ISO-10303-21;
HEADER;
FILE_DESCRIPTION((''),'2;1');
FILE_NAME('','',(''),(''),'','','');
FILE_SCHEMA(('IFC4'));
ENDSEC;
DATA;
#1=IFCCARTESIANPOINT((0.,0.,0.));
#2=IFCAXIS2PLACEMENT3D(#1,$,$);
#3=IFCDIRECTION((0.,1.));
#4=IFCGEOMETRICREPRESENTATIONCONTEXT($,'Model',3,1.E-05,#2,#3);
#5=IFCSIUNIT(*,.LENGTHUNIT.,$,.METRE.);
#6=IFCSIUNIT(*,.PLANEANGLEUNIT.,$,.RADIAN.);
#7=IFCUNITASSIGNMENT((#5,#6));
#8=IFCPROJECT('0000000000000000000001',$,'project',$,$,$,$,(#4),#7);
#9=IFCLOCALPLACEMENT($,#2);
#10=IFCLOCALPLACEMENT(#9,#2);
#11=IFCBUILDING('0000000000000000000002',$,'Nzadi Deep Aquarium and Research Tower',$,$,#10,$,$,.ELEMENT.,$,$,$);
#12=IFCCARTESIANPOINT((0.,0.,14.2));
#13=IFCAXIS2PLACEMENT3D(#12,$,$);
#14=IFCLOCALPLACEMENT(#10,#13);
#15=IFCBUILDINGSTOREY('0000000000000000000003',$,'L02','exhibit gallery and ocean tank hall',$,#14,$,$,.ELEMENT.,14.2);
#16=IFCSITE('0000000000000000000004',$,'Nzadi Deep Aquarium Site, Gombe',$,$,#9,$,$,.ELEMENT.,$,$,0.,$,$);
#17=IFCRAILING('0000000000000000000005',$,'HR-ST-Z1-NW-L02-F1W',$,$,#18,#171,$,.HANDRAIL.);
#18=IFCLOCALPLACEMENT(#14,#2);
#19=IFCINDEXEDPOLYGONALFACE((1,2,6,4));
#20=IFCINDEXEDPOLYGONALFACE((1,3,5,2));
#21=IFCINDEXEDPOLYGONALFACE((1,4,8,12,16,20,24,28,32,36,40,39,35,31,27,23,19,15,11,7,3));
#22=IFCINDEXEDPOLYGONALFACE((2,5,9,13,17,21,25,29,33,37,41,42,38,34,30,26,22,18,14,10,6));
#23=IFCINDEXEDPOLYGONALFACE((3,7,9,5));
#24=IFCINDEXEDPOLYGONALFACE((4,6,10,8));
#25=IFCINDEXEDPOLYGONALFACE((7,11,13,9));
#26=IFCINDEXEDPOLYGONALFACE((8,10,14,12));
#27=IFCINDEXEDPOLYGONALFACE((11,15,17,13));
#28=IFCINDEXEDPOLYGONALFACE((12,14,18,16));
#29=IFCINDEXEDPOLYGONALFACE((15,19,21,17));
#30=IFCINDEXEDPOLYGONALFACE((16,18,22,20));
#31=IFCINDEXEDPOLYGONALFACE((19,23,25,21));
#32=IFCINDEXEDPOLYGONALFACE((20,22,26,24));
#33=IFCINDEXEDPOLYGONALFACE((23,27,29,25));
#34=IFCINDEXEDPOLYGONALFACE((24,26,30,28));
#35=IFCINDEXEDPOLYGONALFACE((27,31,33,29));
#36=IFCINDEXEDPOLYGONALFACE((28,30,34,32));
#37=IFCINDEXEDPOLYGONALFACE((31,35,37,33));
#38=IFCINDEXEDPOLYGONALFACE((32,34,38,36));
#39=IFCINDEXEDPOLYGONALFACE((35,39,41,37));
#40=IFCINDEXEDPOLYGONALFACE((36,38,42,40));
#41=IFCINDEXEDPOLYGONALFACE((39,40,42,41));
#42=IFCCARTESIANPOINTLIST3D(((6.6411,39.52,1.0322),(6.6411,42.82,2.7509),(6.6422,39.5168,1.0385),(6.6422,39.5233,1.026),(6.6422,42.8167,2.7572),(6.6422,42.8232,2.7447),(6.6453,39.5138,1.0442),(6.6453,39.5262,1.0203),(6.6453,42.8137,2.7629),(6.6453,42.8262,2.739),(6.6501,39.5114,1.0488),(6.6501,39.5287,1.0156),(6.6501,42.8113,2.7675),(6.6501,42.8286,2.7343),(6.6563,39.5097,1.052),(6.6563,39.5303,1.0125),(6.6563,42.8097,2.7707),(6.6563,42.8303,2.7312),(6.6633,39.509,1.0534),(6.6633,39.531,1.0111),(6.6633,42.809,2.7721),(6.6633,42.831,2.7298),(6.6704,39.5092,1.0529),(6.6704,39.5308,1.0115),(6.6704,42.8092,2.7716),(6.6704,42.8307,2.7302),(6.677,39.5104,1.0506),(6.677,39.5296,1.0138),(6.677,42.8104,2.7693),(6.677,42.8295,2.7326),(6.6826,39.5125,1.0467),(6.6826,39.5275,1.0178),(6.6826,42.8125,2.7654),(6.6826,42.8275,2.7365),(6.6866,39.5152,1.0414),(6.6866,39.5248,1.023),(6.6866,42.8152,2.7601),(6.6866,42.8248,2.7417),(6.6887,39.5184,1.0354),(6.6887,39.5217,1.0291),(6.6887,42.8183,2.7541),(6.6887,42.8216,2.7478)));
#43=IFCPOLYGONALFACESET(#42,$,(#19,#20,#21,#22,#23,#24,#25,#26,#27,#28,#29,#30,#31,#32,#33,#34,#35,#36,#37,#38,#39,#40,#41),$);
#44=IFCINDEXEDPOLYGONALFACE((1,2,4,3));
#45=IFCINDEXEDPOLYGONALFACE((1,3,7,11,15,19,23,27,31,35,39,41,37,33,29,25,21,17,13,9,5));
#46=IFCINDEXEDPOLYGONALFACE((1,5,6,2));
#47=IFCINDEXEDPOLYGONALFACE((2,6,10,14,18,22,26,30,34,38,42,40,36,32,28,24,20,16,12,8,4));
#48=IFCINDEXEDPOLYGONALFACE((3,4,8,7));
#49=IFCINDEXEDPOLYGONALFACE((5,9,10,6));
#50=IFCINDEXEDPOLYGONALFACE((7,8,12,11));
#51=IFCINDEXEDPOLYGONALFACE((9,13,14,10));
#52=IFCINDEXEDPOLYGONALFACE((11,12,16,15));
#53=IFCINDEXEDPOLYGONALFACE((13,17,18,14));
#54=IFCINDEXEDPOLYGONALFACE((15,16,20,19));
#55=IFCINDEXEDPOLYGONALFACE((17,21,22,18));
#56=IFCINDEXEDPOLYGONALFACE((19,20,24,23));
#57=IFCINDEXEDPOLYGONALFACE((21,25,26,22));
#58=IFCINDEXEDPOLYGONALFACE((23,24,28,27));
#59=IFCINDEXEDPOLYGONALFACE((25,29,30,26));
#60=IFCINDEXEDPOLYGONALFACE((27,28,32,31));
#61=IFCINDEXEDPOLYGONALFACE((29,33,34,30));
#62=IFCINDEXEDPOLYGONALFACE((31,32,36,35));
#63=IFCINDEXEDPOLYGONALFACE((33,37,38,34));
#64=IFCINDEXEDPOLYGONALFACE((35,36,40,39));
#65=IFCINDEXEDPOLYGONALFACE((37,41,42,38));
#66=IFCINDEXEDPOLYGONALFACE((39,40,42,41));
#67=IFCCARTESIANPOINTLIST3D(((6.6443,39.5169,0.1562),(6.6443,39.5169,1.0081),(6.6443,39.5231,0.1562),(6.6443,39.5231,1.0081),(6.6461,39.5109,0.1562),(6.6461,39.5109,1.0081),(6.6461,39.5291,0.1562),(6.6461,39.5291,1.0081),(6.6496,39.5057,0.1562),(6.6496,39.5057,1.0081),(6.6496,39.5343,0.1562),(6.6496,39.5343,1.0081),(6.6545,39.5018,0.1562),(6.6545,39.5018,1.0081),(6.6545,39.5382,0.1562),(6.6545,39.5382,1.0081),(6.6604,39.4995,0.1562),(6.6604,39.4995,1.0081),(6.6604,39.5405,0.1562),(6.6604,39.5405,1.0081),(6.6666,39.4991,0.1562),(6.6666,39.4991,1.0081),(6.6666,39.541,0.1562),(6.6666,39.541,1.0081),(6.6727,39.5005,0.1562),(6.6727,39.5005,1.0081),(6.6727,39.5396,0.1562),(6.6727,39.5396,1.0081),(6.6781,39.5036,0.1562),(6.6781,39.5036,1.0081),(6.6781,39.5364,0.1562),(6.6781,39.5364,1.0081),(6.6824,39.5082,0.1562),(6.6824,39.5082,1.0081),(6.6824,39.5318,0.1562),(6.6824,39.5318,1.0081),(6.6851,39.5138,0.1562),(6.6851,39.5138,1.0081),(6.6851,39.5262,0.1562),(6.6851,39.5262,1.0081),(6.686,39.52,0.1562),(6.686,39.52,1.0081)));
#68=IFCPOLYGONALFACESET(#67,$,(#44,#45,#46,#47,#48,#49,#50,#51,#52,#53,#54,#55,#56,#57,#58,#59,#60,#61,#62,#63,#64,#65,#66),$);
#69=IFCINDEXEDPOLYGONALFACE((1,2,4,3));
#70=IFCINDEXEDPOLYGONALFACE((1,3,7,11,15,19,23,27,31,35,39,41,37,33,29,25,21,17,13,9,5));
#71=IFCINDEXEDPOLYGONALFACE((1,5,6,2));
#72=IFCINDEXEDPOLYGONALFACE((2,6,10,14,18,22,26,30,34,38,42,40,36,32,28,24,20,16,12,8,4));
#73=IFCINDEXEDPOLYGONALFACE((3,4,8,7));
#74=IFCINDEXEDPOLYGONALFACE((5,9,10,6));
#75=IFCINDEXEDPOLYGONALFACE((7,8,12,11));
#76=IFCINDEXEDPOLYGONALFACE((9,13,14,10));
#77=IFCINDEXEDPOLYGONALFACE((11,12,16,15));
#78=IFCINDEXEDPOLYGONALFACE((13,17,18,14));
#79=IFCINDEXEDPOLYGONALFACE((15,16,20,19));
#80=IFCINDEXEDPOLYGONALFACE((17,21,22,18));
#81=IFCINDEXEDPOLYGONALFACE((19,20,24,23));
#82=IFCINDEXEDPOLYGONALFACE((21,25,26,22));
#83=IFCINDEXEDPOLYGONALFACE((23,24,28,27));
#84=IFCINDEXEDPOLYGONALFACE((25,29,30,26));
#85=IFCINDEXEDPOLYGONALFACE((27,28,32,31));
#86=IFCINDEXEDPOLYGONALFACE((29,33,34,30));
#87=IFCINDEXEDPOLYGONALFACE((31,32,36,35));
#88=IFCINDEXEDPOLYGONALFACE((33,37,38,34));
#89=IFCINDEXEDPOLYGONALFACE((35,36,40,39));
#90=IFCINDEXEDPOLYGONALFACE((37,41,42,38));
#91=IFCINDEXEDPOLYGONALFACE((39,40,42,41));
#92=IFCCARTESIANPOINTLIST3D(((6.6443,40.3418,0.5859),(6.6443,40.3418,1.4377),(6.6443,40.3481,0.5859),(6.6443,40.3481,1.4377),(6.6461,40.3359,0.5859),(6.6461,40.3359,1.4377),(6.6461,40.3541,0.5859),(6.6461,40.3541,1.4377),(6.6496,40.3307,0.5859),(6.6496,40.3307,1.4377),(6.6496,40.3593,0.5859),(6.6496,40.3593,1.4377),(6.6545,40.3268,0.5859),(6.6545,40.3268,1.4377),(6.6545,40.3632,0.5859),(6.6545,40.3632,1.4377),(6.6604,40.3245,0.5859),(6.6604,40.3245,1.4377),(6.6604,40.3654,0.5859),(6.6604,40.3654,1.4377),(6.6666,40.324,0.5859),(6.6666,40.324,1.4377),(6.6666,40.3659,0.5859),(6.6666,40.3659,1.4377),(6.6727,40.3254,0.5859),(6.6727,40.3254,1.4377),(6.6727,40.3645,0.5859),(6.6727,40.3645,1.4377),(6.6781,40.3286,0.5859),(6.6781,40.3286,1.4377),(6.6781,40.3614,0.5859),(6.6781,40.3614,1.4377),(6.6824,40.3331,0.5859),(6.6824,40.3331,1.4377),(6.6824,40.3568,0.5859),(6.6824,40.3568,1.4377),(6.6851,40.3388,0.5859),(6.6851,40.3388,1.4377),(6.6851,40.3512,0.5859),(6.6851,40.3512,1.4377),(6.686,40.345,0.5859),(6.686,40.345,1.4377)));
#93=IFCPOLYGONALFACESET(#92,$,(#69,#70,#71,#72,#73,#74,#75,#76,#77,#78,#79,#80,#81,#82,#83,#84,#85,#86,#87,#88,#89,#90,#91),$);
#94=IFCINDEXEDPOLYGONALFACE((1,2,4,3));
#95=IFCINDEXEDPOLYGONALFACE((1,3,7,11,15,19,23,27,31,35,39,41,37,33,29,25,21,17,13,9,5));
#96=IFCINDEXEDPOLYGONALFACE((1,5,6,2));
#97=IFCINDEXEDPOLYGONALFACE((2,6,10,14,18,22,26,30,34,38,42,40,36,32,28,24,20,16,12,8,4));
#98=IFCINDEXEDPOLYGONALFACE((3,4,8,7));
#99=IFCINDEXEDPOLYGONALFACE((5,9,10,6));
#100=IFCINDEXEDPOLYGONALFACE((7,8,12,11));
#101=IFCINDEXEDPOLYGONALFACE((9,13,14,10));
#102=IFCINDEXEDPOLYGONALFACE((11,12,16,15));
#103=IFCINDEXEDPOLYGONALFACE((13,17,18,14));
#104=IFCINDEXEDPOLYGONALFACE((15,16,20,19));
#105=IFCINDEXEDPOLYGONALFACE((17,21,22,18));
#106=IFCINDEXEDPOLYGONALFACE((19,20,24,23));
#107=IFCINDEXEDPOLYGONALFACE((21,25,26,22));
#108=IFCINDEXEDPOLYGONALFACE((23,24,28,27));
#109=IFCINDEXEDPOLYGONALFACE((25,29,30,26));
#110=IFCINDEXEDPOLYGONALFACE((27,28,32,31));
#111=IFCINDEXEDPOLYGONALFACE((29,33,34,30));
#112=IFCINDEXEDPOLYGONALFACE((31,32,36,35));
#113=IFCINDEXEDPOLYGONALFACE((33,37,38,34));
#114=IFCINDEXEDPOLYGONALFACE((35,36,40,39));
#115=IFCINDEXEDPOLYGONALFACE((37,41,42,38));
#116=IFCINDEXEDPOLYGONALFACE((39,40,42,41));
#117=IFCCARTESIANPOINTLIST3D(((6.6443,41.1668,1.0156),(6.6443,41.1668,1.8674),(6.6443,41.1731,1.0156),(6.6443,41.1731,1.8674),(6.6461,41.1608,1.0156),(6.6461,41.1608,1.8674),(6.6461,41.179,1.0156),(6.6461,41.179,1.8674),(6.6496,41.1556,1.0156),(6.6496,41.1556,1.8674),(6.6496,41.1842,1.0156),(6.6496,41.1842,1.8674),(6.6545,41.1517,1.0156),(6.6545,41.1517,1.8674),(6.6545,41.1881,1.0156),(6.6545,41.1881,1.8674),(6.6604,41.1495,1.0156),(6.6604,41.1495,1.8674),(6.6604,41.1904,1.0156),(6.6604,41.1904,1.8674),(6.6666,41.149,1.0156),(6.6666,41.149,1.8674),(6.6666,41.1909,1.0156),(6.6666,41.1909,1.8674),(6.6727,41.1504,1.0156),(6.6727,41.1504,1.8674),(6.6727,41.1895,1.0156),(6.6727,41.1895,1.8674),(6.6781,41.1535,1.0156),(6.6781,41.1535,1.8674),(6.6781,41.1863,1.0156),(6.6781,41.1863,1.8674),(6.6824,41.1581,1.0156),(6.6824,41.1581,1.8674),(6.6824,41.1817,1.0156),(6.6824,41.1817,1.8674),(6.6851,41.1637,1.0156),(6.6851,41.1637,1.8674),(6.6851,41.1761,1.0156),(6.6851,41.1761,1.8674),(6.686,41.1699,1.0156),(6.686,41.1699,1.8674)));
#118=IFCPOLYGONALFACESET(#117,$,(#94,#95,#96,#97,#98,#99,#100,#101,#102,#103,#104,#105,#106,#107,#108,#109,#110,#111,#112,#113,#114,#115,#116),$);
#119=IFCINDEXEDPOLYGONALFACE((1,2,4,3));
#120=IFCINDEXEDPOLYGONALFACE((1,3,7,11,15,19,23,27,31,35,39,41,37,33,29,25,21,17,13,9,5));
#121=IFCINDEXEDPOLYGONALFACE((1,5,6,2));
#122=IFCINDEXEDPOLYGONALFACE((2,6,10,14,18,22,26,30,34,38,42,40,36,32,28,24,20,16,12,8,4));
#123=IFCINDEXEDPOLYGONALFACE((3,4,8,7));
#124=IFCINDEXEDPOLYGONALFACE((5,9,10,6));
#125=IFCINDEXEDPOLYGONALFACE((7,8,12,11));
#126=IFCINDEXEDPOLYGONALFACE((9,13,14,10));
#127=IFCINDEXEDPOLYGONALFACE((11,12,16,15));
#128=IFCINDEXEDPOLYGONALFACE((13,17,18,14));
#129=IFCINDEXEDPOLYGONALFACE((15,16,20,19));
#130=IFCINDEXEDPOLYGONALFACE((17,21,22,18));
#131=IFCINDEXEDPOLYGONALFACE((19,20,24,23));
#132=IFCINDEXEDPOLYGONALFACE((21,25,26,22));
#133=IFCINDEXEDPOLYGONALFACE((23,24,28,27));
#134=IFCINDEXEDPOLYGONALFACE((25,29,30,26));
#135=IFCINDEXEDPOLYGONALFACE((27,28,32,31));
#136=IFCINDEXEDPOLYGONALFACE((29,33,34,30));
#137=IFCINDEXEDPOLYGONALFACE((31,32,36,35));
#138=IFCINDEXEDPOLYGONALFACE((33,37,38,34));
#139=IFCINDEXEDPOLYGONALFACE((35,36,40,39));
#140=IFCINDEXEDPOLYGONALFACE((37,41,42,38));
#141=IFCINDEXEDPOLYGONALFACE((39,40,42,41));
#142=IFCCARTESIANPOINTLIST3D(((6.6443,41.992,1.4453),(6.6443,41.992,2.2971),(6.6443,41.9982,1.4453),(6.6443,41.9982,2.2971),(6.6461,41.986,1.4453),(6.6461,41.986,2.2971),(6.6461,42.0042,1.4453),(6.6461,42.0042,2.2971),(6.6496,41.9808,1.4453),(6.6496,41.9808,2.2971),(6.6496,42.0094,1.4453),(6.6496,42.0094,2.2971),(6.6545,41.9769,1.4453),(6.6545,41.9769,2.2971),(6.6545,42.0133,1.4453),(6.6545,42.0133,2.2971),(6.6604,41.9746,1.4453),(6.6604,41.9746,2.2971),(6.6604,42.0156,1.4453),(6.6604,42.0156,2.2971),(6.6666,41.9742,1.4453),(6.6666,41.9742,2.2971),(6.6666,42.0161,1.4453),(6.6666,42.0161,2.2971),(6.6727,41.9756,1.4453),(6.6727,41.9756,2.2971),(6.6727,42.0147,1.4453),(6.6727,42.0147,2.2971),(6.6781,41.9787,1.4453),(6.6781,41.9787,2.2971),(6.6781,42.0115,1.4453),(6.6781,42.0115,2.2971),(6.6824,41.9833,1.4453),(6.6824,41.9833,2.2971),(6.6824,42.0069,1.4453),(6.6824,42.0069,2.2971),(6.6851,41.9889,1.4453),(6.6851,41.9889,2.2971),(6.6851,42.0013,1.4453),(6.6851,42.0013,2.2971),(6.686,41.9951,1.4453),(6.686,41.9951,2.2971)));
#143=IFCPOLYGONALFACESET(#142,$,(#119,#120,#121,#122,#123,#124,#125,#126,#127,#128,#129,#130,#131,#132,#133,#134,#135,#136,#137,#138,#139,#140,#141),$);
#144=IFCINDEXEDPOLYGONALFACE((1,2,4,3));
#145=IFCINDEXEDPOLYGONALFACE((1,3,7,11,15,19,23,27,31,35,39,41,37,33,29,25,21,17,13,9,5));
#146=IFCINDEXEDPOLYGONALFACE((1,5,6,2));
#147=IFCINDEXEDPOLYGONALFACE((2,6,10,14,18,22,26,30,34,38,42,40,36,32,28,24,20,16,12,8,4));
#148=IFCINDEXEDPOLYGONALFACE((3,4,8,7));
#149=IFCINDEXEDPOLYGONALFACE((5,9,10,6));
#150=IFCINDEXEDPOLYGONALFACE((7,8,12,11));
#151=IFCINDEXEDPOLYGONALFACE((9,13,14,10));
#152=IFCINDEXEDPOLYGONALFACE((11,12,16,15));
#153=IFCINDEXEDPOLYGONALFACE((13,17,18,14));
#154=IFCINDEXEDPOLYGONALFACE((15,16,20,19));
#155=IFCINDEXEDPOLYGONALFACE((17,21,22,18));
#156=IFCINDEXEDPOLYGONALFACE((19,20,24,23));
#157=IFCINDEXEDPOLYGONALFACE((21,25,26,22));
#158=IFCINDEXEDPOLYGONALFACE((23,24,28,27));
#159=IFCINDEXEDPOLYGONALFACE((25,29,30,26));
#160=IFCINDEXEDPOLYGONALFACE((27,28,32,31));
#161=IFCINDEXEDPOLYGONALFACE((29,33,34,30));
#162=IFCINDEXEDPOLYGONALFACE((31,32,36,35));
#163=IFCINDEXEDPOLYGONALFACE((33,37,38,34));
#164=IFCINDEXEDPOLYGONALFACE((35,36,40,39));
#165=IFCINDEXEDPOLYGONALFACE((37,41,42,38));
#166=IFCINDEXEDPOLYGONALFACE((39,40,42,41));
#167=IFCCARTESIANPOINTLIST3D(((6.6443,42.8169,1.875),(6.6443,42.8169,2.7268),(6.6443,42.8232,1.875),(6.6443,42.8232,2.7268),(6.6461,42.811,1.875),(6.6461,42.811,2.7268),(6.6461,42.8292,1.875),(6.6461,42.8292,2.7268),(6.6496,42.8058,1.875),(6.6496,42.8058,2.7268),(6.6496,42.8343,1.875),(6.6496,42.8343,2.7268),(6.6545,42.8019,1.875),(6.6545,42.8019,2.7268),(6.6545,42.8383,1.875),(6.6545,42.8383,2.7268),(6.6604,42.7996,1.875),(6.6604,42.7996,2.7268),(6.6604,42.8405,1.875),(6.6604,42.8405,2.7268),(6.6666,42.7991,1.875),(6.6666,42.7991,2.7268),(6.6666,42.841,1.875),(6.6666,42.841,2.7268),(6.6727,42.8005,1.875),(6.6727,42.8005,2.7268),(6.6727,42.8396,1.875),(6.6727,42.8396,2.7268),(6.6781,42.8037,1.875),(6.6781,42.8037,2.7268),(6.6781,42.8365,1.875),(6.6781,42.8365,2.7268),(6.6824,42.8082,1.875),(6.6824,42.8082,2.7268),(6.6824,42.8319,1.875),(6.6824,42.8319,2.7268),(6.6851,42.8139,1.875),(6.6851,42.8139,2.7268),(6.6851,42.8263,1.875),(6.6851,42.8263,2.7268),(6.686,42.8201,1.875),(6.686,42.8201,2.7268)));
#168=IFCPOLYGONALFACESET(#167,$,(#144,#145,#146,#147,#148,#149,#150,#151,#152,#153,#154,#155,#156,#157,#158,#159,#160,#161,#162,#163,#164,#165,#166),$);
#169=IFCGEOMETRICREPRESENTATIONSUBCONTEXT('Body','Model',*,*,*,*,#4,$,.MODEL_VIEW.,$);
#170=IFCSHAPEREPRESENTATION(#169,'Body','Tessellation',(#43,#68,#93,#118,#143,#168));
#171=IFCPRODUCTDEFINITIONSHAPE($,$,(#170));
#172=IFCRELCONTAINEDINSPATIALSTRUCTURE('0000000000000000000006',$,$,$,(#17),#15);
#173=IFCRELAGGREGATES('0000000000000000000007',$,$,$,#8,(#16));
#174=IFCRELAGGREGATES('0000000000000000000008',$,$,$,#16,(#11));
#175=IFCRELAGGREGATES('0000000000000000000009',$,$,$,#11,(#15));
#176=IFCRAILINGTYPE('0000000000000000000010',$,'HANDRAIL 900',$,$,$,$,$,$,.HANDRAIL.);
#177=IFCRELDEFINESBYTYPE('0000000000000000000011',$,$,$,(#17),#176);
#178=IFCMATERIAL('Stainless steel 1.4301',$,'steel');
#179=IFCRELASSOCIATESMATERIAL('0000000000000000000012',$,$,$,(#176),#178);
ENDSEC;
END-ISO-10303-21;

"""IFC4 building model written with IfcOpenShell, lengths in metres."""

from ifc_helpers import new_model, si_unit, direction, frame, origin, origin_2d, place, context, subcontext, project, spatial, circle, extrude, material, type_object, element, save


model = new_model("IFC4")

# Units and contexts
model_context = context("Model", 3, precision=1e-05, world=origin(), true_north=direction((0.0, 1.0)))
body_context = subcontext(model_context, "Body", "Model", "MODEL_VIEW")
ifc_project = project(units=[si_unit("LENGTHUNIT", "METRE"), si_unit("PLANEANGLEUNIT", "RADIAN")], contexts=[model_context])

# Site, building, storey
site_placement = place(None, origin())
site = spatial("IfcSite", under=ifc_project, at=site_placement, Name="Nzadi Deep Aquarium Site, Gombe", CompositionType="ELEMENT", RefElevation=0.0)
building_placement = place(site_placement, origin())
building = spatial("IfcBuilding", under=site, at=building_placement, Name="Nzadi Deep Aquarium and Research Tower", CompositionType="ELEMENT")
storey_placement = place(building_placement, frame((0.0, 0.0, 14.2)))
storey = spatial("IfcBuildingStorey", under=building, at=storey_placement, Name="L02", Description="exhibit gallery and ocean tank hall", CompositionType="ELEMENT", Elevation=14.2)

# Railing
ifc_material_1 = material(Name="Stainless steel 1.4301", Category="steel")
railing_type = type_object("IfcRailingType", Name="HANDRAIL 900", PredefinedType="HANDRAIL", material=ifc_material_1)
for number, where, name in (
    (1, (6.665, 39.52, 0.1562), "HR-ST-Z1-NW-L02-F1W"),
):
    element("IfcRailing", number, at=place(storey_placement, frame(where)), inside=storey, type_object=railing_type, Name=name, PredefinedType="HANDRAIL", context=body_context, shape_type="SweptSolid", body=[
        extrude(circle(Radius=0.0239, at=origin_2d()), frame((0.0, 0.0, 0.876), z_axis=(0.0, 0.886917, 0.461929), x_axis=(-1.0, 0.0, 0.0)), (0.0, 0.0, 1.0), 3.7207),
        extrude(circle(Radius=0.021, at=origin_2d()), origin(), (0.0, 0.0, 1.0), 0.8518),
        extrude(circle(Radius=0.021, at=origin_2d()), frame((0.0, 0.825, 0.4297)), (0.0, 0.0, 1.0), 0.8518),
        extrude(circle(Radius=0.021, at=origin_2d()), frame((0.0, 1.6499, 0.8594)), (0.0, 0.0, 1.0), 0.8518),
        extrude(circle(Radius=0.021, at=origin_2d()), frame((0.0, 2.4751, 1.2891)), (0.0, 0.0, 1.0), 0.8518),
        extrude(circle(Radius=0.021, at=origin_2d()), frame((0.0, 3.3, 1.7188)), (0.0, 0.0, 1.0), 0.8518),
    ])

save(model, "model.ifc")
